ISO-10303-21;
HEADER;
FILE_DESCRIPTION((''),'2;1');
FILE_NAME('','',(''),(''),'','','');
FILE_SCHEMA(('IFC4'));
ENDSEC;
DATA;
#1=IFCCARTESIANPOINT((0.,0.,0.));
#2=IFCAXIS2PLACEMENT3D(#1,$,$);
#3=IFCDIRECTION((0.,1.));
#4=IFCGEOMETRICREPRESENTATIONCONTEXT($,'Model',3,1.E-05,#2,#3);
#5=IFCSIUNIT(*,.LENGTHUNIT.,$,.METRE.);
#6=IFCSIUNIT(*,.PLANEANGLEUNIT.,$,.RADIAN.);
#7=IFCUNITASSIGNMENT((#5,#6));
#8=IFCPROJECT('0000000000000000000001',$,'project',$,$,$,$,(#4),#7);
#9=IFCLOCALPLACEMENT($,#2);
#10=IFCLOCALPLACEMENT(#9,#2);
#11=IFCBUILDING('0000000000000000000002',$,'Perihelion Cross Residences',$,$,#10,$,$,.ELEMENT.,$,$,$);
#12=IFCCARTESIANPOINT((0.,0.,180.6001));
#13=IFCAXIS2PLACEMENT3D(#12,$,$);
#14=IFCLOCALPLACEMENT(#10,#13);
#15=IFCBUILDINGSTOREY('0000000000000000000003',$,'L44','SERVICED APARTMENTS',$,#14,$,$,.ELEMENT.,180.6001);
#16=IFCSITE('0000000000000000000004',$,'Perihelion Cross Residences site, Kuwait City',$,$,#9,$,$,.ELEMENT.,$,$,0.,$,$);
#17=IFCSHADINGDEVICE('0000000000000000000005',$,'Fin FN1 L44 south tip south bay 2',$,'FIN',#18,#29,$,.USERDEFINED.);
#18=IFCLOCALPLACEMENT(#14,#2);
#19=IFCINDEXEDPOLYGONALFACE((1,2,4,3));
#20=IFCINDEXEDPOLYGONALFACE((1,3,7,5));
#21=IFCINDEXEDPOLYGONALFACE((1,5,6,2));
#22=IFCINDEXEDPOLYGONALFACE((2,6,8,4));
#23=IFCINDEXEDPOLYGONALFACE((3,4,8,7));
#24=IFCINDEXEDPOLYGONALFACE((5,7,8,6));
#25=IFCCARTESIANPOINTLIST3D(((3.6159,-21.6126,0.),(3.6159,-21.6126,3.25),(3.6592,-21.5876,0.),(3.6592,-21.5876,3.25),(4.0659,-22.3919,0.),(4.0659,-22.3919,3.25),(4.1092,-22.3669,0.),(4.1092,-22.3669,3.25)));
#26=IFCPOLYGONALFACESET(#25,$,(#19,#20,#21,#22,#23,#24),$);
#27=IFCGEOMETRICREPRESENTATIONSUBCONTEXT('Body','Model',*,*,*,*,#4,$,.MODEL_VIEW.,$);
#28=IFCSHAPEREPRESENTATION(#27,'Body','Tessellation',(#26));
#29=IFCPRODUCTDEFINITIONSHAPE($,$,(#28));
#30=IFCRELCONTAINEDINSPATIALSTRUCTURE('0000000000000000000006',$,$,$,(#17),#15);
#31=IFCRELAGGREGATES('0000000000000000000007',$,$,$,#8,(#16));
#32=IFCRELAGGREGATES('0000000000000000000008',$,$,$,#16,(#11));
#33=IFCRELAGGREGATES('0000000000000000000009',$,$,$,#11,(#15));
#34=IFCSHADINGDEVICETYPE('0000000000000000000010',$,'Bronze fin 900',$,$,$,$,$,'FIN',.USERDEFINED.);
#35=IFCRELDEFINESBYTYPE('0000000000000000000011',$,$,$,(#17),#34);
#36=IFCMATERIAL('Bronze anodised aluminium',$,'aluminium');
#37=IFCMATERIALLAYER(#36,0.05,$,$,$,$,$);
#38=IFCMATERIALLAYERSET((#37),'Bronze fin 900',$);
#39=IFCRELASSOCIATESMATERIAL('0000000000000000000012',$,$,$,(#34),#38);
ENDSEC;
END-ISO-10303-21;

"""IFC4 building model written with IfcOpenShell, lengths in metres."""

from ifc_helpers import new_model, si_unit, direction, frame, origin, origin_2d, place, context, subcontext, project, spatial, rectangle, extrude, material, layer, layer_set, type_object, element, save


model = new_model("IFC4")

# Units and contexts
model_context = context("Model", 3, precision=1e-05, world=origin(), true_north=direction((0.0, 1.0)))
body_context = subcontext(model_context, "Body", "Model", "MODEL_VIEW")
ifc_project = project(units=[si_unit("LENGTHUNIT", "METRE"), si_unit("PLANEANGLEUNIT", "RADIAN")], contexts=[model_context])

# Site, building, storey
site_placement = place(None, origin())
site = spatial("IfcSite", under=ifc_project, at=site_placement, Name="Perihelion Cross Residences site, Kuwait City", CompositionType="ELEMENT", RefElevation=0.0)
building_placement = place(site_placement, origin())
building = spatial("IfcBuilding", under=site, at=building_placement, Name="Perihelion Cross Residences", CompositionType="ELEMENT")
storey_placement = place(building_placement, frame((0.0, 0.0, 180.6001)))
storey = spatial("IfcBuildingStorey", under=building, at=storey_placement, Name="L44", Description="SERVICED APARTMENTS", CompositionType="ELEMENT", Elevation=180.6001)

# Shading device
ifc_material_1 = material(Name="Bronze anodised aluminium", Category="aluminium")
ifc_layer_1 = layer(ifc_material_1, 0.05)
ifc_layer_set_1 = layer_set([ifc_layer_1], Name="Bronze fin 900")
shading_device_type = type_object("IfcShadingDeviceType", Name="Bronze fin 900", ElementType="FIN", PredefinedType="USERDEFINED", material=ifc_layer_set_1)
shading_device_placement = place(storey_placement, frame((3.8625, -21.9897, 0.0), z_axis=(0.0, 0.0, 1.0), x_axis=(0.5, -0.866025, 0.0)))
element("IfcShadingDevice", 1, at=shading_device_placement, inside=storey, type_object=shading_device_type, Name="Fin FN1 L44 south tip south bay 2", ObjectType="FIN", PredefinedType="USERDEFINED", context=body_context, shape_type="SweptSolid", body=[
    extrude(rectangle(XDim=0.8999, YDim=0.05, at=origin_2d()), origin(), (0.0, 0.0, 1.0), 3.25),
])

save(model, "model.ifc")
